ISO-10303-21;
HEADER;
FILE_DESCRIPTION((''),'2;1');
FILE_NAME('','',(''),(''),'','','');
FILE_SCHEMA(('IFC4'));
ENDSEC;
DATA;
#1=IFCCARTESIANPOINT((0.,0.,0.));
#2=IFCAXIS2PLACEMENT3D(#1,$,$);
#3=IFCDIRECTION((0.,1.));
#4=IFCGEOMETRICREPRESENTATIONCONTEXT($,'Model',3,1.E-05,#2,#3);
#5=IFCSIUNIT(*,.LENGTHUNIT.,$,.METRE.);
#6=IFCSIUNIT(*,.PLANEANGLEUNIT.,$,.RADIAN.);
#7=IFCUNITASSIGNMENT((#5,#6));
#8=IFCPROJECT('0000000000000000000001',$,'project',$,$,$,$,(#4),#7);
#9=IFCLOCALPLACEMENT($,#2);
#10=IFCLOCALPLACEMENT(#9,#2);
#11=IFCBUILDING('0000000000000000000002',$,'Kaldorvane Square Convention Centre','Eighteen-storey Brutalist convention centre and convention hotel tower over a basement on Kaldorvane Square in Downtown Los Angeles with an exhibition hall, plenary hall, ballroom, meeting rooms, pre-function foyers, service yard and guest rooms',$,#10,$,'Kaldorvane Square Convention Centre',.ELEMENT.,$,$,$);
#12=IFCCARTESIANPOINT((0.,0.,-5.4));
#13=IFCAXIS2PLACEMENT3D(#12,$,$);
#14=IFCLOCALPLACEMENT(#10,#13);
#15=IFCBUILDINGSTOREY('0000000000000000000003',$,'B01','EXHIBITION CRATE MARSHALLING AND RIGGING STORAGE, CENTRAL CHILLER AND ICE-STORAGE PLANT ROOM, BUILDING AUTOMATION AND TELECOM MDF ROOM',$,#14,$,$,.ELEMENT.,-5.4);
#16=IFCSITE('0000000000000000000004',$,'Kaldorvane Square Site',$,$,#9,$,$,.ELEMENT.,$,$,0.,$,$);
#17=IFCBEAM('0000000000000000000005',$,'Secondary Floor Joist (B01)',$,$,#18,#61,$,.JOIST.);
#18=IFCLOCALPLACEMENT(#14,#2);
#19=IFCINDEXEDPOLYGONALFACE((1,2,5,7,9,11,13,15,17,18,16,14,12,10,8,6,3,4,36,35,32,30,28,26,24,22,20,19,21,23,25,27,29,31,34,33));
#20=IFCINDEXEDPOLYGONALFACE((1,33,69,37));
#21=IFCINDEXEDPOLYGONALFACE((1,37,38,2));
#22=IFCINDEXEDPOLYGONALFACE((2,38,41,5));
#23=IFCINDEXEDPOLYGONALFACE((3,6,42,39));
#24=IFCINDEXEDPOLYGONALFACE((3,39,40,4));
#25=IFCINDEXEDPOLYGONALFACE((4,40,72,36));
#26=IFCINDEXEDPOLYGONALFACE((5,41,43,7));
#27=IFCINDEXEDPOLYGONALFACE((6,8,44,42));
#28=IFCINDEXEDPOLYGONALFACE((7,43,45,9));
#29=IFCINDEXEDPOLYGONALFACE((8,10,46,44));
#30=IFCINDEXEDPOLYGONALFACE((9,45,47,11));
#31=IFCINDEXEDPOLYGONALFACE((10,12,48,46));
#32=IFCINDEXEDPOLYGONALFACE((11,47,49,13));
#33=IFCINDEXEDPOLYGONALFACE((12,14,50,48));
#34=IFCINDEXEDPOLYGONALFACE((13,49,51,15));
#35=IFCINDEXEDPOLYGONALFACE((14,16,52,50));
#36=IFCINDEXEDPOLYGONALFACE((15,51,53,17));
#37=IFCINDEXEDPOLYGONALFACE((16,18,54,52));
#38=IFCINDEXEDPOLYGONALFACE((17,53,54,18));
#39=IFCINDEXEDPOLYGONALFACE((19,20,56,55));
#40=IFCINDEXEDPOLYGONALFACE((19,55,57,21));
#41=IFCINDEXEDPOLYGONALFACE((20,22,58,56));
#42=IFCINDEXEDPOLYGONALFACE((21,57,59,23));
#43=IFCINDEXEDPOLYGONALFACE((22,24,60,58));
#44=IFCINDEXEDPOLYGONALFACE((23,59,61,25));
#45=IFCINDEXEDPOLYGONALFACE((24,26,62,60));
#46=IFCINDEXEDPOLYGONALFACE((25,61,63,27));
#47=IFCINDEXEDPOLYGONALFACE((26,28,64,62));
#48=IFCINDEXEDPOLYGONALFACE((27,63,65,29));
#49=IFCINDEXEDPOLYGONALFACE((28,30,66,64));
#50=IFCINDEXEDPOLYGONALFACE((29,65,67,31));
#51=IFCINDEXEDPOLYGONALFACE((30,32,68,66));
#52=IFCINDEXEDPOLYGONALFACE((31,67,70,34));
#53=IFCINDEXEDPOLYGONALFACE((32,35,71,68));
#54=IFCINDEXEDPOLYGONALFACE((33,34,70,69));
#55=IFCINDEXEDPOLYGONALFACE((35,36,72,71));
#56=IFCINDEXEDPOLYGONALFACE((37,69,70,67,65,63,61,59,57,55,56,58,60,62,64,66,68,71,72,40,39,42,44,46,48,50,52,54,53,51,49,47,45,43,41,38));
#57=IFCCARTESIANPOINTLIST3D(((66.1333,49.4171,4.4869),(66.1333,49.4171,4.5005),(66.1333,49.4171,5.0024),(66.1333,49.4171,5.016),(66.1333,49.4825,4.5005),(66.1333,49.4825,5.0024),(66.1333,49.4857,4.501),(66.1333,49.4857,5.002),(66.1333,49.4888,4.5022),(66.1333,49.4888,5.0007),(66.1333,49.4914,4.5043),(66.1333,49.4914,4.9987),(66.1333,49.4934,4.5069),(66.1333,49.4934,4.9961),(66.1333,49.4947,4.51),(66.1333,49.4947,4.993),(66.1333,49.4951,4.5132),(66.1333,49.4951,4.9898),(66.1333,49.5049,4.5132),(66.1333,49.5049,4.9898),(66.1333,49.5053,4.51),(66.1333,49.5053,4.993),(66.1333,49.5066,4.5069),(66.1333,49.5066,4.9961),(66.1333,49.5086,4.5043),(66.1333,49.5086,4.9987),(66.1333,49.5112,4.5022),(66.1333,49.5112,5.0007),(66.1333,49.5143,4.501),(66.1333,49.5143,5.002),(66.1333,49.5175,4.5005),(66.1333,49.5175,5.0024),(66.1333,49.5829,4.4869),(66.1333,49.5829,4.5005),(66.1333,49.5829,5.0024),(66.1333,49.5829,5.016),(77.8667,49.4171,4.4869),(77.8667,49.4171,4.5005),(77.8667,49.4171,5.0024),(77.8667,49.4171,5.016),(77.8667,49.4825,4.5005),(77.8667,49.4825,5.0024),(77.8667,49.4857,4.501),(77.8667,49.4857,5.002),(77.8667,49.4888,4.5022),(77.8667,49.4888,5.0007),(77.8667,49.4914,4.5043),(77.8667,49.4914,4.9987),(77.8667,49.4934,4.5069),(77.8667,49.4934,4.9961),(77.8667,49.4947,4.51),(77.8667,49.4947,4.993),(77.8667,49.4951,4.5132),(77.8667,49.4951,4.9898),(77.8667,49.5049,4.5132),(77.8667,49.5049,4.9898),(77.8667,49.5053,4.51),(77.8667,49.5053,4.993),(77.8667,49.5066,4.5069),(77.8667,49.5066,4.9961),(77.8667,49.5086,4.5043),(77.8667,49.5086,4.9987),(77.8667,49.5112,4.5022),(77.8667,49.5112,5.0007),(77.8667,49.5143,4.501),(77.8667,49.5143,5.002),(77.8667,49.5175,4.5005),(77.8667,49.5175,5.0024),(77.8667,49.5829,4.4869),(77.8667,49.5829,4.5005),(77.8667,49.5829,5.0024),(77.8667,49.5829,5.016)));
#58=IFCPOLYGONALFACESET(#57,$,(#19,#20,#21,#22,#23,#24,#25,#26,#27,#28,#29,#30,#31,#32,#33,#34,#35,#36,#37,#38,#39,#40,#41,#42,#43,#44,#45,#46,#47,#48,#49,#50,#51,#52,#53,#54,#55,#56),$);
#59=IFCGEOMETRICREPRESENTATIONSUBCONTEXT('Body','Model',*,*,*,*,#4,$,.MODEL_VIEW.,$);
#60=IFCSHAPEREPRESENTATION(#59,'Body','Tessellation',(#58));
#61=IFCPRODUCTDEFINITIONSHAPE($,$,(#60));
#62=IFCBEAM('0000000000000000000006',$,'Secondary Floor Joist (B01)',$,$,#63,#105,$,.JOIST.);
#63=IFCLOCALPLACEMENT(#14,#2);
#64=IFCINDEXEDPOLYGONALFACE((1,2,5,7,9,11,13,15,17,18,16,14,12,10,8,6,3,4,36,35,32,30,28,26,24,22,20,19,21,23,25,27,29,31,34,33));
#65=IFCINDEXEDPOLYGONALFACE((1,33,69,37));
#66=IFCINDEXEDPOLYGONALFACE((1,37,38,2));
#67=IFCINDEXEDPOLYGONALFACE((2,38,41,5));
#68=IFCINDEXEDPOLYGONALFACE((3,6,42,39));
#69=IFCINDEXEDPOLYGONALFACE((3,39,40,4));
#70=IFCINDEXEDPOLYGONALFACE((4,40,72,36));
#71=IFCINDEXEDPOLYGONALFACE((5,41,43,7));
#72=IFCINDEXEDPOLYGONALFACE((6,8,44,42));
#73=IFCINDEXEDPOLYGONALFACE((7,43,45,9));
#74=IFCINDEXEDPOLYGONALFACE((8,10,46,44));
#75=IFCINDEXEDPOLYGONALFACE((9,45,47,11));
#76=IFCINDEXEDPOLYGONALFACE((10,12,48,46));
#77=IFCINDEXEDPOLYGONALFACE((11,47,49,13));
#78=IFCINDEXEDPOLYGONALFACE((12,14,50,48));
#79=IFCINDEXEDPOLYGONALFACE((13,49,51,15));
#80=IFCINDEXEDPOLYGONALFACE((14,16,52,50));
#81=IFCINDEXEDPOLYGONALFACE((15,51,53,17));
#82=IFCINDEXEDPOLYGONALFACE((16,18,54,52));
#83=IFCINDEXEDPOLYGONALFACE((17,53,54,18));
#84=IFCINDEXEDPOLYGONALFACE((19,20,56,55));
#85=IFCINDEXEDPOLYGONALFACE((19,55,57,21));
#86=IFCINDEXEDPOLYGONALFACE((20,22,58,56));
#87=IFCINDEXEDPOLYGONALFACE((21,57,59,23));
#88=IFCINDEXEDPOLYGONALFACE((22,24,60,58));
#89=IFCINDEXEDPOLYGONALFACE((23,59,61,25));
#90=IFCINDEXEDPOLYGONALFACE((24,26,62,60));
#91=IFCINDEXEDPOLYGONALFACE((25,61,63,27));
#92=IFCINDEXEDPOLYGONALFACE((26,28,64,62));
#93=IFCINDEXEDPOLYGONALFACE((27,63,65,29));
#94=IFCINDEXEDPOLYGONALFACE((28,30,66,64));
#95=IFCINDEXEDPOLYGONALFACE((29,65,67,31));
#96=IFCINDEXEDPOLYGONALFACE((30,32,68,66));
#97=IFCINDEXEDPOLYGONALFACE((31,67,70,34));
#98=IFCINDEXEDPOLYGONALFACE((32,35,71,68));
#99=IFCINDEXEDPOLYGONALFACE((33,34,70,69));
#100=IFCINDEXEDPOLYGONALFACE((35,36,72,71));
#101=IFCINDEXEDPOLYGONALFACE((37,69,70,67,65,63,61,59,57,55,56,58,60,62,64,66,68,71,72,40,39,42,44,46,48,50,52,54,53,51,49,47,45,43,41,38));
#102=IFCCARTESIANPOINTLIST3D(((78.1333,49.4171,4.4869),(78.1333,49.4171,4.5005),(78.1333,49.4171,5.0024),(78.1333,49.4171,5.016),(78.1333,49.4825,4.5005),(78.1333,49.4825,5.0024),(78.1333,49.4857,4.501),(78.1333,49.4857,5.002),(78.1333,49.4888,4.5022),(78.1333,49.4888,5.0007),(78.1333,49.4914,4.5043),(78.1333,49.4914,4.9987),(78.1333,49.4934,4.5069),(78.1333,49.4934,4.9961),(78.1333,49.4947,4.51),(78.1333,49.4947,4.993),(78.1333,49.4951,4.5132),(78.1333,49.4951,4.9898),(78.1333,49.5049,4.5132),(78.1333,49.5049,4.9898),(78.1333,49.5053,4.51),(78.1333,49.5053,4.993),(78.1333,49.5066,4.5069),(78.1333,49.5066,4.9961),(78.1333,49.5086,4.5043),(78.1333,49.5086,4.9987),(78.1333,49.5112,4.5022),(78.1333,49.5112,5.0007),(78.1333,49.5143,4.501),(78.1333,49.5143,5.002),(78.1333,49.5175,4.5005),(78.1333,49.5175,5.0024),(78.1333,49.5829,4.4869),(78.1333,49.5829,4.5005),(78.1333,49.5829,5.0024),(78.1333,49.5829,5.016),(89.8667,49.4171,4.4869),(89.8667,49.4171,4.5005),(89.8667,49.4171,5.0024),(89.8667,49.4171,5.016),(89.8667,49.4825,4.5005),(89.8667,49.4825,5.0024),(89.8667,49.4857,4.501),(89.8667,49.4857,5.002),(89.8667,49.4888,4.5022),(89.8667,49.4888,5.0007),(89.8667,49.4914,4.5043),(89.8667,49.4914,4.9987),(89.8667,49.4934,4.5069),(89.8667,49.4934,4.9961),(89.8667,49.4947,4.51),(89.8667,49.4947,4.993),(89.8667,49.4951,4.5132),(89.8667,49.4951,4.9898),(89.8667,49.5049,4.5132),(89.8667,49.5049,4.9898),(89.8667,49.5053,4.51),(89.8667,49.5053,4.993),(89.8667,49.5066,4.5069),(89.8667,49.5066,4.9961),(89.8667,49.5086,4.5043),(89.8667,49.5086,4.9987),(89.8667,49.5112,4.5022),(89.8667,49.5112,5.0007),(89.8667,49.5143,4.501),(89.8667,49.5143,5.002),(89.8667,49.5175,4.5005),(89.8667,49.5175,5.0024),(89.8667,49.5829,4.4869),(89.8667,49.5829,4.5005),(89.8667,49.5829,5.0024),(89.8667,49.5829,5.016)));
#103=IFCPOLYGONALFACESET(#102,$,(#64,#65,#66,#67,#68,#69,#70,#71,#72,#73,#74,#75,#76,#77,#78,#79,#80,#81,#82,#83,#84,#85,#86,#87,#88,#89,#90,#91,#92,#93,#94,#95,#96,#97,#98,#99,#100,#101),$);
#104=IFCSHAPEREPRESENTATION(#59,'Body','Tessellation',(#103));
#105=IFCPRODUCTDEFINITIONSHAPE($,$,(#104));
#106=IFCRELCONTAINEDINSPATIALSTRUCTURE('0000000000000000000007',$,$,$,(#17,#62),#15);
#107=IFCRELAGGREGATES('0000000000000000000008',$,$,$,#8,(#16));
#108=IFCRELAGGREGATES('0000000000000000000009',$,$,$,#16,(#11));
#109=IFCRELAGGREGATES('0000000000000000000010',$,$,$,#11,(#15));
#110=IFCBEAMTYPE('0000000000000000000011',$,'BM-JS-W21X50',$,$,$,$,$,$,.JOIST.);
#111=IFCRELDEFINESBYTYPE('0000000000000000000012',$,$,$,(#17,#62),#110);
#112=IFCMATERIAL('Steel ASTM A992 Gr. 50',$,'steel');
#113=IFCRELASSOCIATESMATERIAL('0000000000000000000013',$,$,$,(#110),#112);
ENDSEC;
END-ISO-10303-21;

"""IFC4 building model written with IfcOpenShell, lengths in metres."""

from ifc_helpers import new_model, si_unit, direction, frame, origin, origin_2d, place, context, subcontext, project, spatial, i_section, extrude, material, material_profile, profile_set, type_object, element, save


model = new_model("IFC4")

# Units and contexts
model_context = context("Model", 3, precision=1e-05, world=origin(), true_north=direction((0.0, 1.0)))
body_context = subcontext(model_context, "Body", "Model", "MODEL_VIEW")
ifc_project = project(units=[si_unit("LENGTHUNIT", "METRE"), si_unit("PLANEANGLEUNIT", "RADIAN")], contexts=[model_context])

# Site, building, storey
site_placement = place(None, origin())
site = spatial("IfcSite", under=ifc_project, at=site_placement, Name="Kaldorvane Square Site", CompositionType="ELEMENT", RefElevation=0.0)
building_placement = place(site_placement, origin())
building = spatial("IfcBuilding", under=site, at=building_placement, Name="Kaldorvane Square Convention Centre", Description="Eighteen-storey Brutalist convention centre and convention hotel tower over a basement on Kaldorvane Square in Downtown Los Angeles with an exhibition hall, plenary hall, ballroom, meeting rooms, pre-function foyers, service yard and guest rooms", LongName="Kaldorvane Square Convention Centre", CompositionType="ELEMENT")
storey_placement = place(building_placement, frame((0.0, 0.0, -5.4)))
storey = spatial("IfcBuildingStorey", under=building, at=storey_placement, Name="B01", Description="EXHIBITION CRATE MARSHALLING AND RIGGING STORAGE, CENTRAL CHILLER AND ICE-STORAGE PLANT ROOM, BUILDING AUTOMATION AND TELECOM MDF ROOM", CompositionType="ELEMENT", Elevation=-5.4)

# Shared definitions
ifc_material_1 = material(Name="Steel ASTM A992 Gr. 50", Category="steel")

# Beams
ifc_material_profile_1 = material_profile(ifc_material_1, i_section(OverallWidth=0.1659, OverallDepth=0.5291, WebThickness=0.0097, FlangeThickness=0.0136, FilletRadius=0.0127, at=origin_2d()), Name="W21X50")
ifc_profile_set_1 = profile_set([ifc_material_profile_1], Name="Steel ASTM A992 Gr. 50")
beam_type_1 = type_object("IfcBeamType", Name="BM-JS-W21X50", PredefinedType="JOIST", material=ifc_profile_set_1)
for number, where, z_axis, x_axis, name in (
    (1, (66.1333, 49.5, 4.7515), (1.0, 0.0, 0.0), (0.0, 1.0, 0.0), "Secondary Floor Joist (B01)"),
    (2, (78.1333, 49.5, 4.7515), (1.0, 0.0, 0.0), (0.0, 1.0, 0.0), "Secondary Floor Joist (B01)"),
):
    element("IfcBeam", number, at=place(storey_placement, frame(where, z_axis=z_axis, x_axis=x_axis)), inside=storey, type_object=beam_type_1, Name=name, PredefinedType="JOIST", context=body_context, shape_type="SweptSolid", body=[
        extrude(i_section(OverallWidth=0.1659, OverallDepth=0.5291, WebThickness=0.0097, FlangeThickness=0.0136, FilletRadius=0.0127, at=origin_2d()), origin(), (0.0, 0.0, 1.0), 11.7334),
    ])

save(model, "model.ifc")
